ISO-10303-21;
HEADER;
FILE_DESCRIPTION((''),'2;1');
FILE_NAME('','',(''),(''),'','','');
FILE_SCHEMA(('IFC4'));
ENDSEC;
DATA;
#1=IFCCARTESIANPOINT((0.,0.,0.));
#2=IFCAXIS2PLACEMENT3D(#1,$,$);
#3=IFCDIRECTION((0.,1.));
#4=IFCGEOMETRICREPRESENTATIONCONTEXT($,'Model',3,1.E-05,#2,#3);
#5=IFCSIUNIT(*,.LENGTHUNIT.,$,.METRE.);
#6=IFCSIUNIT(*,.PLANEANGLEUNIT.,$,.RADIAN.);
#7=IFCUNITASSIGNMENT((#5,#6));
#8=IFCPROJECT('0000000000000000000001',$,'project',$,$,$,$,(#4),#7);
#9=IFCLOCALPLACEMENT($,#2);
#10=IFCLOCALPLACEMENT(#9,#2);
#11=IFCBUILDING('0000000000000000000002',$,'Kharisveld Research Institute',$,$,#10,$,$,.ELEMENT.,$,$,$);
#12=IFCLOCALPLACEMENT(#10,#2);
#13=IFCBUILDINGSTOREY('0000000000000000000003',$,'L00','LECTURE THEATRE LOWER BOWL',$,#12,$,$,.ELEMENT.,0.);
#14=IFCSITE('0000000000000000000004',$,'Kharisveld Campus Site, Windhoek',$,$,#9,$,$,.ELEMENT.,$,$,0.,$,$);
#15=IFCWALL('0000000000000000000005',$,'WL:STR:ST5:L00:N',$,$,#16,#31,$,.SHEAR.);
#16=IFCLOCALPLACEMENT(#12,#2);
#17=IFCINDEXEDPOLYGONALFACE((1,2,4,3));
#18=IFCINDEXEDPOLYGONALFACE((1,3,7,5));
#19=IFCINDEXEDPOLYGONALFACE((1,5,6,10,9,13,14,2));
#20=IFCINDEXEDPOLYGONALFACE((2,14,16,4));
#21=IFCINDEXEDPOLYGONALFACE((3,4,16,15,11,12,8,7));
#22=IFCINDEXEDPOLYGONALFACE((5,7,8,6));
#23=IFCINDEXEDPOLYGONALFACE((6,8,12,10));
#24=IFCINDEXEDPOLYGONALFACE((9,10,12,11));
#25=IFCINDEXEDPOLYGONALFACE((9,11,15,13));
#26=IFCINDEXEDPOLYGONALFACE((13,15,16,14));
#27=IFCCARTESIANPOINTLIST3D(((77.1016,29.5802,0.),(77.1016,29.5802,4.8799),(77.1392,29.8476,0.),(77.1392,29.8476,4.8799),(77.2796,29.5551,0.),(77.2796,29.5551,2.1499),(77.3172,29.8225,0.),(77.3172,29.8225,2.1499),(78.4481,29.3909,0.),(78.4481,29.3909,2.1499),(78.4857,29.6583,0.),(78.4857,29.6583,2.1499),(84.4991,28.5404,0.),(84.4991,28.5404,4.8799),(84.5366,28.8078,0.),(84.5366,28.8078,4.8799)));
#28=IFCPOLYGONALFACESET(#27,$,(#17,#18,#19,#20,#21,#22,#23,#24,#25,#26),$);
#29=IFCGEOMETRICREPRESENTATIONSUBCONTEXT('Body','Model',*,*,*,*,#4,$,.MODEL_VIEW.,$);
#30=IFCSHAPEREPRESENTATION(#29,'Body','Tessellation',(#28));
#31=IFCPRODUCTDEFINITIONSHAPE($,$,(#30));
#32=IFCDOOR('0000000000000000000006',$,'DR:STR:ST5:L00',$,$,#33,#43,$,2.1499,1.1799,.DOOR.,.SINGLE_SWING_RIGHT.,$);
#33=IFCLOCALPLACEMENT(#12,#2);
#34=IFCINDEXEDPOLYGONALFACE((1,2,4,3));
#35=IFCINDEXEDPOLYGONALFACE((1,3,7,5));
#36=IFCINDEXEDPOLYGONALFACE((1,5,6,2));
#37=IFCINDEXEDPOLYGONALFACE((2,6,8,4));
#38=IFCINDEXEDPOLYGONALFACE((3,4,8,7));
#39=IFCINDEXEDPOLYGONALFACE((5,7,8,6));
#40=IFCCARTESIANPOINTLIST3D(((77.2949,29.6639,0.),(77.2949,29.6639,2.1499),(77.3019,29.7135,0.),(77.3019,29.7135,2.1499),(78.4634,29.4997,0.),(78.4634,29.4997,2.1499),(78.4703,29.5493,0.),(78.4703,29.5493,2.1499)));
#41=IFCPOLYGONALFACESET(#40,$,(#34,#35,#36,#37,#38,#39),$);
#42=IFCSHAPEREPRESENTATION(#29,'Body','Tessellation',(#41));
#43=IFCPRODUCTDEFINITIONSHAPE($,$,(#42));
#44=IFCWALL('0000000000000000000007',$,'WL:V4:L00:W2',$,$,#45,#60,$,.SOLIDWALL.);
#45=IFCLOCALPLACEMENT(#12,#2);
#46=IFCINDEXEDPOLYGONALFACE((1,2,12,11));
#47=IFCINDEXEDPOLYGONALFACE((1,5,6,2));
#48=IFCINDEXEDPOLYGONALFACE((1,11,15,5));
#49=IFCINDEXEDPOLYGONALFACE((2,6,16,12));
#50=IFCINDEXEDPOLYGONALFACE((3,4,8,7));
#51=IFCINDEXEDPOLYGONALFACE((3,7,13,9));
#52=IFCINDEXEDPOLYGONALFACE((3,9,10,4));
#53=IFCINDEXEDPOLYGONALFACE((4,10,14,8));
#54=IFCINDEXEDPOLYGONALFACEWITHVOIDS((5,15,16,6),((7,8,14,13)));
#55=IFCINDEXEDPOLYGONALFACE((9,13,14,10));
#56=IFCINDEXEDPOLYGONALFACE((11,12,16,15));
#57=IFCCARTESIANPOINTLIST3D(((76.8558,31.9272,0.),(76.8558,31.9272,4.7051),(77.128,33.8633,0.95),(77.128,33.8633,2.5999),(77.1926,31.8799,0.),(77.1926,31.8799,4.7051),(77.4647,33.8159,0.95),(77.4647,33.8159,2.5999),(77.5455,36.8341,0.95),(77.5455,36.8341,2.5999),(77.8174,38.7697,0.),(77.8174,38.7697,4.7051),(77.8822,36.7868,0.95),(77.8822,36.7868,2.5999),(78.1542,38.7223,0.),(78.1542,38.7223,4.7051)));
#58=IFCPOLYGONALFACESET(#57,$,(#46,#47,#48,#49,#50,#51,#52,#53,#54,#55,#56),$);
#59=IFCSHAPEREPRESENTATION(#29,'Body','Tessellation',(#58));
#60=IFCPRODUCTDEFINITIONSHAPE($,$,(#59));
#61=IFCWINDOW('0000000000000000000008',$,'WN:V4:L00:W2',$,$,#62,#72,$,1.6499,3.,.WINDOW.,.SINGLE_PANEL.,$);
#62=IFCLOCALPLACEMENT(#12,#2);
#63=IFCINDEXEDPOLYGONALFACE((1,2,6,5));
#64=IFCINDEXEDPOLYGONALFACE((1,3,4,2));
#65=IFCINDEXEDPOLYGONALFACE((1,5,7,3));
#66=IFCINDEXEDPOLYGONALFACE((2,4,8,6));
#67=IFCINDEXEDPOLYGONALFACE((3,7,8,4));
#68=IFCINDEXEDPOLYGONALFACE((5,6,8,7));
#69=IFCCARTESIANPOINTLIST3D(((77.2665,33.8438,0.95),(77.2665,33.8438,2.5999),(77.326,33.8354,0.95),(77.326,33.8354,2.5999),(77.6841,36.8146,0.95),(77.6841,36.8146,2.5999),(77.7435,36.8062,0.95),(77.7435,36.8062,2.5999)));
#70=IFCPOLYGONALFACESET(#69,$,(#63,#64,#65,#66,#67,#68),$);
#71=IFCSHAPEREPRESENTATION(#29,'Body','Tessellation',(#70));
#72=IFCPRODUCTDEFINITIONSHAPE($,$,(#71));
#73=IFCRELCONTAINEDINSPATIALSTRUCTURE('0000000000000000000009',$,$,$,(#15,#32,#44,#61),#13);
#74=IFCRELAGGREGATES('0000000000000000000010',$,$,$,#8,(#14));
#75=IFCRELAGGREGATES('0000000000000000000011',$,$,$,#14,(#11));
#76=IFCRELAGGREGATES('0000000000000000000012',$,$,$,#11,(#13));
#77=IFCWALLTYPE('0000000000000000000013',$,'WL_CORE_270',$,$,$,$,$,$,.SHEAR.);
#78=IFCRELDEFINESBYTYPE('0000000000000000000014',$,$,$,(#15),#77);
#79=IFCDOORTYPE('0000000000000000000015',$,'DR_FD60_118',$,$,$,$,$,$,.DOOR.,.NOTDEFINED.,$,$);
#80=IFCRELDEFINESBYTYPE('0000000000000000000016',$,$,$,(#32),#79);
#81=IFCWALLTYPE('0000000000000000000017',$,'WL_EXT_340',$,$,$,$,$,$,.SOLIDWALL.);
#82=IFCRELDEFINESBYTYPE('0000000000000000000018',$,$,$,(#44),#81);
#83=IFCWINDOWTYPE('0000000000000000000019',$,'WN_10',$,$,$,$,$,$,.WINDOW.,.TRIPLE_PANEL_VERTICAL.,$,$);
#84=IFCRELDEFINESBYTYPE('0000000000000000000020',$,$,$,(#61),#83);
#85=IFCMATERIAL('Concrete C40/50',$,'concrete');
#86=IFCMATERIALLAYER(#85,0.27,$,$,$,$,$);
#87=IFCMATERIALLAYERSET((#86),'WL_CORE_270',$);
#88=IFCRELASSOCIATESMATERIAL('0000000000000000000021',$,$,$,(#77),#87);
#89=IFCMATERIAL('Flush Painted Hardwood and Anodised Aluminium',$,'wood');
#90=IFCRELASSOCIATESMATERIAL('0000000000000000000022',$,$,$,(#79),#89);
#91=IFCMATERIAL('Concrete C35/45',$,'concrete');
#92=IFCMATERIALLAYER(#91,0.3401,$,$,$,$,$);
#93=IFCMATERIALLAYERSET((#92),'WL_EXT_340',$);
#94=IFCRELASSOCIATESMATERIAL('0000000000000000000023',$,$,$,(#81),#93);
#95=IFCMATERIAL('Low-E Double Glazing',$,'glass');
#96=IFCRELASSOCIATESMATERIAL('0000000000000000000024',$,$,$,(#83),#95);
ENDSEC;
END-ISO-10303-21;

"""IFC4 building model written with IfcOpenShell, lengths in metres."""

from ifc_helpers import new_model, si_unit, direction, frame, frame_2d, origin, place, context, subcontext, project, spatial, rectangle, extrude, material, layer, layer_set, type_object, element, fill, save


model = new_model("IFC4")

# Units and contexts
model_context = context("Model", 3, precision=1e-05, world=origin(), true_north=direction((0.0, 1.0)))
body_context = subcontext(model_context, "Body", "Model", "MODEL_VIEW")
ifc_project = project(units=[si_unit("LENGTHUNIT", "METRE"), si_unit("PLANEANGLEUNIT", "RADIAN")], contexts=[model_context])

# Site, building, storey
site_placement = place(None, origin())
site = spatial("IfcSite", under=ifc_project, at=site_placement, Name="Kharisveld Campus Site, Windhoek", CompositionType="ELEMENT", RefElevation=0.0)
building_placement = place(site_placement, origin())
building = spatial("IfcBuilding", under=site, at=building_placement, Name="Kharisveld Research Institute", CompositionType="ELEMENT")
storey_placement = place(building_placement, origin())
storey = spatial("IfcBuildingStorey", under=building, at=storey_placement, Name="L00", Description="LECTURE THEATRE LOWER BOWL", CompositionType="ELEMENT", Elevation=0.0)

# Shared definitions
ifc_material_1 = material(Name="Concrete C40/50", Category="concrete")
ifc_layer_1 = layer(ifc_material_1, 0.27)
ifc_layer_set_1 = layer_set([ifc_layer_1], Name="WL_CORE_270")
wall_type_1 = type_object("IfcWallType", Name="WL_CORE_270", PredefinedType="SHEAR", material=ifc_layer_set_1)

# Wall, opening, door
wall_1_placement = place(storey_placement, frame((77.1204, 29.7139, 0.0), z_axis=(0.0, 0.0, 1.0), x_axis=(0.990265, -0.139193, 0.0)))
wall_1 = element("IfcWall", 1, at=wall_1_placement, inside=storey, type_object=wall_type_1, Name="WL:STR:ST5:L00:N", PredefinedType="SHEAR", context=body_context, shape_type="SweptSolid", body=[
    extrude(rectangle(XDim=7.4702, YDim=0.27, at=frame_2d((3.7351, 0.0))), origin(), (0.0, 0.0, 1.0), 4.8799),
])
opening_1_placement = place(wall_1_placement, frame((0.1799, 0.0, 0.0)))
opening_1 = element("IfcOpeningElement", 2, at=opening_1_placement, cuts=wall_1, PredefinedType="OPENING", context=body_context, shape_type="SweptSolid", body=[
    extrude(rectangle(XDim=1.1799, YDim=2.1499, at=frame_2d((0.5898, 1.075))), frame((0.0, 0.135, 0.0), z_axis=(0.0, -1.0, 0.0), x_axis=(1.0, 0.0, 0.0)), (0.0, 0.0, 1.0), 0.27),
])
ifc_material_2 = material(Name="Flush Painted Hardwood and Anodised Aluminium", Category="wood")
door_type = type_object("IfcDoorType", Name="DR_FD60_118", OperationType="NOTDEFINED", PredefinedType="DOOR", material=ifc_material_2)
door_placement = place(opening_1_placement, origin())
door = element("IfcDoor", 3, at=door_placement, inside=storey, type_object=door_type, Name="DR:STR:ST5:L00", OperationType="SINGLE_SWING_RIGHT", OverallHeight=2.1499, OverallWidth=1.1799, PredefinedType="DOOR", context=body_context, shape_type="SweptSolid", body=[
    extrude(rectangle(XDim=1.1799, YDim=2.1499, at=frame_2d((0.5898, 1.075))), frame((0.0, 0.0249, 0.0), z_axis=(0.0, -1.0, 0.0), x_axis=(1.0, 0.0, 0.0)), (0.0, 0.0, 1.0), 0.05),
])
fill(opening_1, door)

# Wall, opening, window
ifc_material_3 = material(Name="Concrete C35/45", Category="concrete")
ifc_layer_2 = layer(ifc_material_3, 0.3401)
ifc_layer_set_2 = layer_set([ifc_layer_2], Name="WL_EXT_340")
wall_type_2 = type_object("IfcWallType", Name="WL_EXT_340", PredefinedType="SOLIDWALL", material=ifc_layer_set_2)
wall_2_placement = place(storey_placement, frame((77.0242, 31.9036, 0.0), z_axis=(0.0, 0.0, 1.0), x_axis=(0.139175, 0.990268, 0.0)))
wall_2 = element("IfcWall", 4, at=wall_2_placement, inside=storey, type_object=wall_type_2, Name="WL:V4:L00:W2", PredefinedType="SOLIDWALL", context=body_context, shape_type="SweptSolid", body=[
    extrude(rectangle(XDim=6.9097, YDim=0.3401, at=frame_2d((3.4548, 0.0))), origin(), (0.0, 0.0, 1.0), 4.7051),
])
opening_2_placement = place(wall_2_placement, frame((1.9551, 0.0, 0.95)))
opening_2 = element("IfcOpeningElement", 5, at=opening_2_placement, cuts=wall_2, PredefinedType="OPENING", context=body_context, shape_type="SweptSolid", body=[
    extrude(rectangle(XDim=3.0, YDim=1.6499, at=frame_2d((1.5, 0.825))), frame((0.0, 0.1699, 0.0), z_axis=(0.0, -1.0, 0.0), x_axis=(1.0, 0.0, 0.0)), (0.0, 0.0, 1.0), 0.3401),
])
ifc_material_4 = material(Name="Low-E Double Glazing", Category="glass")
window_type = type_object("IfcWindowType", Name="WN_10", PartitioningType="TRIPLE_PANEL_VERTICAL", PredefinedType="WINDOW", material=ifc_material_4)
window_placement = place(opening_2_placement, origin())
window = element("IfcWindow", 6, at=window_placement, inside=storey, type_object=window_type, Name="WN:V4:L00:W2", OverallHeight=1.6499, OverallWidth=3.0, PartitioningType="SINGLE_PANEL", PredefinedType="WINDOW", context=body_context, shape_type="SweptSolid", body=[
    extrude(rectangle(XDim=3.0, YDim=1.6499, at=frame_2d((1.5, 0.825))), frame((0.0, 0.03, 0.0), z_axis=(0.0, -1.0, 0.0), x_axis=(1.0, 0.0, 0.0)), (0.0, 0.0, 1.0), 0.0601),
])
fill(opening_2, window)

save(model, "model.ifc")
